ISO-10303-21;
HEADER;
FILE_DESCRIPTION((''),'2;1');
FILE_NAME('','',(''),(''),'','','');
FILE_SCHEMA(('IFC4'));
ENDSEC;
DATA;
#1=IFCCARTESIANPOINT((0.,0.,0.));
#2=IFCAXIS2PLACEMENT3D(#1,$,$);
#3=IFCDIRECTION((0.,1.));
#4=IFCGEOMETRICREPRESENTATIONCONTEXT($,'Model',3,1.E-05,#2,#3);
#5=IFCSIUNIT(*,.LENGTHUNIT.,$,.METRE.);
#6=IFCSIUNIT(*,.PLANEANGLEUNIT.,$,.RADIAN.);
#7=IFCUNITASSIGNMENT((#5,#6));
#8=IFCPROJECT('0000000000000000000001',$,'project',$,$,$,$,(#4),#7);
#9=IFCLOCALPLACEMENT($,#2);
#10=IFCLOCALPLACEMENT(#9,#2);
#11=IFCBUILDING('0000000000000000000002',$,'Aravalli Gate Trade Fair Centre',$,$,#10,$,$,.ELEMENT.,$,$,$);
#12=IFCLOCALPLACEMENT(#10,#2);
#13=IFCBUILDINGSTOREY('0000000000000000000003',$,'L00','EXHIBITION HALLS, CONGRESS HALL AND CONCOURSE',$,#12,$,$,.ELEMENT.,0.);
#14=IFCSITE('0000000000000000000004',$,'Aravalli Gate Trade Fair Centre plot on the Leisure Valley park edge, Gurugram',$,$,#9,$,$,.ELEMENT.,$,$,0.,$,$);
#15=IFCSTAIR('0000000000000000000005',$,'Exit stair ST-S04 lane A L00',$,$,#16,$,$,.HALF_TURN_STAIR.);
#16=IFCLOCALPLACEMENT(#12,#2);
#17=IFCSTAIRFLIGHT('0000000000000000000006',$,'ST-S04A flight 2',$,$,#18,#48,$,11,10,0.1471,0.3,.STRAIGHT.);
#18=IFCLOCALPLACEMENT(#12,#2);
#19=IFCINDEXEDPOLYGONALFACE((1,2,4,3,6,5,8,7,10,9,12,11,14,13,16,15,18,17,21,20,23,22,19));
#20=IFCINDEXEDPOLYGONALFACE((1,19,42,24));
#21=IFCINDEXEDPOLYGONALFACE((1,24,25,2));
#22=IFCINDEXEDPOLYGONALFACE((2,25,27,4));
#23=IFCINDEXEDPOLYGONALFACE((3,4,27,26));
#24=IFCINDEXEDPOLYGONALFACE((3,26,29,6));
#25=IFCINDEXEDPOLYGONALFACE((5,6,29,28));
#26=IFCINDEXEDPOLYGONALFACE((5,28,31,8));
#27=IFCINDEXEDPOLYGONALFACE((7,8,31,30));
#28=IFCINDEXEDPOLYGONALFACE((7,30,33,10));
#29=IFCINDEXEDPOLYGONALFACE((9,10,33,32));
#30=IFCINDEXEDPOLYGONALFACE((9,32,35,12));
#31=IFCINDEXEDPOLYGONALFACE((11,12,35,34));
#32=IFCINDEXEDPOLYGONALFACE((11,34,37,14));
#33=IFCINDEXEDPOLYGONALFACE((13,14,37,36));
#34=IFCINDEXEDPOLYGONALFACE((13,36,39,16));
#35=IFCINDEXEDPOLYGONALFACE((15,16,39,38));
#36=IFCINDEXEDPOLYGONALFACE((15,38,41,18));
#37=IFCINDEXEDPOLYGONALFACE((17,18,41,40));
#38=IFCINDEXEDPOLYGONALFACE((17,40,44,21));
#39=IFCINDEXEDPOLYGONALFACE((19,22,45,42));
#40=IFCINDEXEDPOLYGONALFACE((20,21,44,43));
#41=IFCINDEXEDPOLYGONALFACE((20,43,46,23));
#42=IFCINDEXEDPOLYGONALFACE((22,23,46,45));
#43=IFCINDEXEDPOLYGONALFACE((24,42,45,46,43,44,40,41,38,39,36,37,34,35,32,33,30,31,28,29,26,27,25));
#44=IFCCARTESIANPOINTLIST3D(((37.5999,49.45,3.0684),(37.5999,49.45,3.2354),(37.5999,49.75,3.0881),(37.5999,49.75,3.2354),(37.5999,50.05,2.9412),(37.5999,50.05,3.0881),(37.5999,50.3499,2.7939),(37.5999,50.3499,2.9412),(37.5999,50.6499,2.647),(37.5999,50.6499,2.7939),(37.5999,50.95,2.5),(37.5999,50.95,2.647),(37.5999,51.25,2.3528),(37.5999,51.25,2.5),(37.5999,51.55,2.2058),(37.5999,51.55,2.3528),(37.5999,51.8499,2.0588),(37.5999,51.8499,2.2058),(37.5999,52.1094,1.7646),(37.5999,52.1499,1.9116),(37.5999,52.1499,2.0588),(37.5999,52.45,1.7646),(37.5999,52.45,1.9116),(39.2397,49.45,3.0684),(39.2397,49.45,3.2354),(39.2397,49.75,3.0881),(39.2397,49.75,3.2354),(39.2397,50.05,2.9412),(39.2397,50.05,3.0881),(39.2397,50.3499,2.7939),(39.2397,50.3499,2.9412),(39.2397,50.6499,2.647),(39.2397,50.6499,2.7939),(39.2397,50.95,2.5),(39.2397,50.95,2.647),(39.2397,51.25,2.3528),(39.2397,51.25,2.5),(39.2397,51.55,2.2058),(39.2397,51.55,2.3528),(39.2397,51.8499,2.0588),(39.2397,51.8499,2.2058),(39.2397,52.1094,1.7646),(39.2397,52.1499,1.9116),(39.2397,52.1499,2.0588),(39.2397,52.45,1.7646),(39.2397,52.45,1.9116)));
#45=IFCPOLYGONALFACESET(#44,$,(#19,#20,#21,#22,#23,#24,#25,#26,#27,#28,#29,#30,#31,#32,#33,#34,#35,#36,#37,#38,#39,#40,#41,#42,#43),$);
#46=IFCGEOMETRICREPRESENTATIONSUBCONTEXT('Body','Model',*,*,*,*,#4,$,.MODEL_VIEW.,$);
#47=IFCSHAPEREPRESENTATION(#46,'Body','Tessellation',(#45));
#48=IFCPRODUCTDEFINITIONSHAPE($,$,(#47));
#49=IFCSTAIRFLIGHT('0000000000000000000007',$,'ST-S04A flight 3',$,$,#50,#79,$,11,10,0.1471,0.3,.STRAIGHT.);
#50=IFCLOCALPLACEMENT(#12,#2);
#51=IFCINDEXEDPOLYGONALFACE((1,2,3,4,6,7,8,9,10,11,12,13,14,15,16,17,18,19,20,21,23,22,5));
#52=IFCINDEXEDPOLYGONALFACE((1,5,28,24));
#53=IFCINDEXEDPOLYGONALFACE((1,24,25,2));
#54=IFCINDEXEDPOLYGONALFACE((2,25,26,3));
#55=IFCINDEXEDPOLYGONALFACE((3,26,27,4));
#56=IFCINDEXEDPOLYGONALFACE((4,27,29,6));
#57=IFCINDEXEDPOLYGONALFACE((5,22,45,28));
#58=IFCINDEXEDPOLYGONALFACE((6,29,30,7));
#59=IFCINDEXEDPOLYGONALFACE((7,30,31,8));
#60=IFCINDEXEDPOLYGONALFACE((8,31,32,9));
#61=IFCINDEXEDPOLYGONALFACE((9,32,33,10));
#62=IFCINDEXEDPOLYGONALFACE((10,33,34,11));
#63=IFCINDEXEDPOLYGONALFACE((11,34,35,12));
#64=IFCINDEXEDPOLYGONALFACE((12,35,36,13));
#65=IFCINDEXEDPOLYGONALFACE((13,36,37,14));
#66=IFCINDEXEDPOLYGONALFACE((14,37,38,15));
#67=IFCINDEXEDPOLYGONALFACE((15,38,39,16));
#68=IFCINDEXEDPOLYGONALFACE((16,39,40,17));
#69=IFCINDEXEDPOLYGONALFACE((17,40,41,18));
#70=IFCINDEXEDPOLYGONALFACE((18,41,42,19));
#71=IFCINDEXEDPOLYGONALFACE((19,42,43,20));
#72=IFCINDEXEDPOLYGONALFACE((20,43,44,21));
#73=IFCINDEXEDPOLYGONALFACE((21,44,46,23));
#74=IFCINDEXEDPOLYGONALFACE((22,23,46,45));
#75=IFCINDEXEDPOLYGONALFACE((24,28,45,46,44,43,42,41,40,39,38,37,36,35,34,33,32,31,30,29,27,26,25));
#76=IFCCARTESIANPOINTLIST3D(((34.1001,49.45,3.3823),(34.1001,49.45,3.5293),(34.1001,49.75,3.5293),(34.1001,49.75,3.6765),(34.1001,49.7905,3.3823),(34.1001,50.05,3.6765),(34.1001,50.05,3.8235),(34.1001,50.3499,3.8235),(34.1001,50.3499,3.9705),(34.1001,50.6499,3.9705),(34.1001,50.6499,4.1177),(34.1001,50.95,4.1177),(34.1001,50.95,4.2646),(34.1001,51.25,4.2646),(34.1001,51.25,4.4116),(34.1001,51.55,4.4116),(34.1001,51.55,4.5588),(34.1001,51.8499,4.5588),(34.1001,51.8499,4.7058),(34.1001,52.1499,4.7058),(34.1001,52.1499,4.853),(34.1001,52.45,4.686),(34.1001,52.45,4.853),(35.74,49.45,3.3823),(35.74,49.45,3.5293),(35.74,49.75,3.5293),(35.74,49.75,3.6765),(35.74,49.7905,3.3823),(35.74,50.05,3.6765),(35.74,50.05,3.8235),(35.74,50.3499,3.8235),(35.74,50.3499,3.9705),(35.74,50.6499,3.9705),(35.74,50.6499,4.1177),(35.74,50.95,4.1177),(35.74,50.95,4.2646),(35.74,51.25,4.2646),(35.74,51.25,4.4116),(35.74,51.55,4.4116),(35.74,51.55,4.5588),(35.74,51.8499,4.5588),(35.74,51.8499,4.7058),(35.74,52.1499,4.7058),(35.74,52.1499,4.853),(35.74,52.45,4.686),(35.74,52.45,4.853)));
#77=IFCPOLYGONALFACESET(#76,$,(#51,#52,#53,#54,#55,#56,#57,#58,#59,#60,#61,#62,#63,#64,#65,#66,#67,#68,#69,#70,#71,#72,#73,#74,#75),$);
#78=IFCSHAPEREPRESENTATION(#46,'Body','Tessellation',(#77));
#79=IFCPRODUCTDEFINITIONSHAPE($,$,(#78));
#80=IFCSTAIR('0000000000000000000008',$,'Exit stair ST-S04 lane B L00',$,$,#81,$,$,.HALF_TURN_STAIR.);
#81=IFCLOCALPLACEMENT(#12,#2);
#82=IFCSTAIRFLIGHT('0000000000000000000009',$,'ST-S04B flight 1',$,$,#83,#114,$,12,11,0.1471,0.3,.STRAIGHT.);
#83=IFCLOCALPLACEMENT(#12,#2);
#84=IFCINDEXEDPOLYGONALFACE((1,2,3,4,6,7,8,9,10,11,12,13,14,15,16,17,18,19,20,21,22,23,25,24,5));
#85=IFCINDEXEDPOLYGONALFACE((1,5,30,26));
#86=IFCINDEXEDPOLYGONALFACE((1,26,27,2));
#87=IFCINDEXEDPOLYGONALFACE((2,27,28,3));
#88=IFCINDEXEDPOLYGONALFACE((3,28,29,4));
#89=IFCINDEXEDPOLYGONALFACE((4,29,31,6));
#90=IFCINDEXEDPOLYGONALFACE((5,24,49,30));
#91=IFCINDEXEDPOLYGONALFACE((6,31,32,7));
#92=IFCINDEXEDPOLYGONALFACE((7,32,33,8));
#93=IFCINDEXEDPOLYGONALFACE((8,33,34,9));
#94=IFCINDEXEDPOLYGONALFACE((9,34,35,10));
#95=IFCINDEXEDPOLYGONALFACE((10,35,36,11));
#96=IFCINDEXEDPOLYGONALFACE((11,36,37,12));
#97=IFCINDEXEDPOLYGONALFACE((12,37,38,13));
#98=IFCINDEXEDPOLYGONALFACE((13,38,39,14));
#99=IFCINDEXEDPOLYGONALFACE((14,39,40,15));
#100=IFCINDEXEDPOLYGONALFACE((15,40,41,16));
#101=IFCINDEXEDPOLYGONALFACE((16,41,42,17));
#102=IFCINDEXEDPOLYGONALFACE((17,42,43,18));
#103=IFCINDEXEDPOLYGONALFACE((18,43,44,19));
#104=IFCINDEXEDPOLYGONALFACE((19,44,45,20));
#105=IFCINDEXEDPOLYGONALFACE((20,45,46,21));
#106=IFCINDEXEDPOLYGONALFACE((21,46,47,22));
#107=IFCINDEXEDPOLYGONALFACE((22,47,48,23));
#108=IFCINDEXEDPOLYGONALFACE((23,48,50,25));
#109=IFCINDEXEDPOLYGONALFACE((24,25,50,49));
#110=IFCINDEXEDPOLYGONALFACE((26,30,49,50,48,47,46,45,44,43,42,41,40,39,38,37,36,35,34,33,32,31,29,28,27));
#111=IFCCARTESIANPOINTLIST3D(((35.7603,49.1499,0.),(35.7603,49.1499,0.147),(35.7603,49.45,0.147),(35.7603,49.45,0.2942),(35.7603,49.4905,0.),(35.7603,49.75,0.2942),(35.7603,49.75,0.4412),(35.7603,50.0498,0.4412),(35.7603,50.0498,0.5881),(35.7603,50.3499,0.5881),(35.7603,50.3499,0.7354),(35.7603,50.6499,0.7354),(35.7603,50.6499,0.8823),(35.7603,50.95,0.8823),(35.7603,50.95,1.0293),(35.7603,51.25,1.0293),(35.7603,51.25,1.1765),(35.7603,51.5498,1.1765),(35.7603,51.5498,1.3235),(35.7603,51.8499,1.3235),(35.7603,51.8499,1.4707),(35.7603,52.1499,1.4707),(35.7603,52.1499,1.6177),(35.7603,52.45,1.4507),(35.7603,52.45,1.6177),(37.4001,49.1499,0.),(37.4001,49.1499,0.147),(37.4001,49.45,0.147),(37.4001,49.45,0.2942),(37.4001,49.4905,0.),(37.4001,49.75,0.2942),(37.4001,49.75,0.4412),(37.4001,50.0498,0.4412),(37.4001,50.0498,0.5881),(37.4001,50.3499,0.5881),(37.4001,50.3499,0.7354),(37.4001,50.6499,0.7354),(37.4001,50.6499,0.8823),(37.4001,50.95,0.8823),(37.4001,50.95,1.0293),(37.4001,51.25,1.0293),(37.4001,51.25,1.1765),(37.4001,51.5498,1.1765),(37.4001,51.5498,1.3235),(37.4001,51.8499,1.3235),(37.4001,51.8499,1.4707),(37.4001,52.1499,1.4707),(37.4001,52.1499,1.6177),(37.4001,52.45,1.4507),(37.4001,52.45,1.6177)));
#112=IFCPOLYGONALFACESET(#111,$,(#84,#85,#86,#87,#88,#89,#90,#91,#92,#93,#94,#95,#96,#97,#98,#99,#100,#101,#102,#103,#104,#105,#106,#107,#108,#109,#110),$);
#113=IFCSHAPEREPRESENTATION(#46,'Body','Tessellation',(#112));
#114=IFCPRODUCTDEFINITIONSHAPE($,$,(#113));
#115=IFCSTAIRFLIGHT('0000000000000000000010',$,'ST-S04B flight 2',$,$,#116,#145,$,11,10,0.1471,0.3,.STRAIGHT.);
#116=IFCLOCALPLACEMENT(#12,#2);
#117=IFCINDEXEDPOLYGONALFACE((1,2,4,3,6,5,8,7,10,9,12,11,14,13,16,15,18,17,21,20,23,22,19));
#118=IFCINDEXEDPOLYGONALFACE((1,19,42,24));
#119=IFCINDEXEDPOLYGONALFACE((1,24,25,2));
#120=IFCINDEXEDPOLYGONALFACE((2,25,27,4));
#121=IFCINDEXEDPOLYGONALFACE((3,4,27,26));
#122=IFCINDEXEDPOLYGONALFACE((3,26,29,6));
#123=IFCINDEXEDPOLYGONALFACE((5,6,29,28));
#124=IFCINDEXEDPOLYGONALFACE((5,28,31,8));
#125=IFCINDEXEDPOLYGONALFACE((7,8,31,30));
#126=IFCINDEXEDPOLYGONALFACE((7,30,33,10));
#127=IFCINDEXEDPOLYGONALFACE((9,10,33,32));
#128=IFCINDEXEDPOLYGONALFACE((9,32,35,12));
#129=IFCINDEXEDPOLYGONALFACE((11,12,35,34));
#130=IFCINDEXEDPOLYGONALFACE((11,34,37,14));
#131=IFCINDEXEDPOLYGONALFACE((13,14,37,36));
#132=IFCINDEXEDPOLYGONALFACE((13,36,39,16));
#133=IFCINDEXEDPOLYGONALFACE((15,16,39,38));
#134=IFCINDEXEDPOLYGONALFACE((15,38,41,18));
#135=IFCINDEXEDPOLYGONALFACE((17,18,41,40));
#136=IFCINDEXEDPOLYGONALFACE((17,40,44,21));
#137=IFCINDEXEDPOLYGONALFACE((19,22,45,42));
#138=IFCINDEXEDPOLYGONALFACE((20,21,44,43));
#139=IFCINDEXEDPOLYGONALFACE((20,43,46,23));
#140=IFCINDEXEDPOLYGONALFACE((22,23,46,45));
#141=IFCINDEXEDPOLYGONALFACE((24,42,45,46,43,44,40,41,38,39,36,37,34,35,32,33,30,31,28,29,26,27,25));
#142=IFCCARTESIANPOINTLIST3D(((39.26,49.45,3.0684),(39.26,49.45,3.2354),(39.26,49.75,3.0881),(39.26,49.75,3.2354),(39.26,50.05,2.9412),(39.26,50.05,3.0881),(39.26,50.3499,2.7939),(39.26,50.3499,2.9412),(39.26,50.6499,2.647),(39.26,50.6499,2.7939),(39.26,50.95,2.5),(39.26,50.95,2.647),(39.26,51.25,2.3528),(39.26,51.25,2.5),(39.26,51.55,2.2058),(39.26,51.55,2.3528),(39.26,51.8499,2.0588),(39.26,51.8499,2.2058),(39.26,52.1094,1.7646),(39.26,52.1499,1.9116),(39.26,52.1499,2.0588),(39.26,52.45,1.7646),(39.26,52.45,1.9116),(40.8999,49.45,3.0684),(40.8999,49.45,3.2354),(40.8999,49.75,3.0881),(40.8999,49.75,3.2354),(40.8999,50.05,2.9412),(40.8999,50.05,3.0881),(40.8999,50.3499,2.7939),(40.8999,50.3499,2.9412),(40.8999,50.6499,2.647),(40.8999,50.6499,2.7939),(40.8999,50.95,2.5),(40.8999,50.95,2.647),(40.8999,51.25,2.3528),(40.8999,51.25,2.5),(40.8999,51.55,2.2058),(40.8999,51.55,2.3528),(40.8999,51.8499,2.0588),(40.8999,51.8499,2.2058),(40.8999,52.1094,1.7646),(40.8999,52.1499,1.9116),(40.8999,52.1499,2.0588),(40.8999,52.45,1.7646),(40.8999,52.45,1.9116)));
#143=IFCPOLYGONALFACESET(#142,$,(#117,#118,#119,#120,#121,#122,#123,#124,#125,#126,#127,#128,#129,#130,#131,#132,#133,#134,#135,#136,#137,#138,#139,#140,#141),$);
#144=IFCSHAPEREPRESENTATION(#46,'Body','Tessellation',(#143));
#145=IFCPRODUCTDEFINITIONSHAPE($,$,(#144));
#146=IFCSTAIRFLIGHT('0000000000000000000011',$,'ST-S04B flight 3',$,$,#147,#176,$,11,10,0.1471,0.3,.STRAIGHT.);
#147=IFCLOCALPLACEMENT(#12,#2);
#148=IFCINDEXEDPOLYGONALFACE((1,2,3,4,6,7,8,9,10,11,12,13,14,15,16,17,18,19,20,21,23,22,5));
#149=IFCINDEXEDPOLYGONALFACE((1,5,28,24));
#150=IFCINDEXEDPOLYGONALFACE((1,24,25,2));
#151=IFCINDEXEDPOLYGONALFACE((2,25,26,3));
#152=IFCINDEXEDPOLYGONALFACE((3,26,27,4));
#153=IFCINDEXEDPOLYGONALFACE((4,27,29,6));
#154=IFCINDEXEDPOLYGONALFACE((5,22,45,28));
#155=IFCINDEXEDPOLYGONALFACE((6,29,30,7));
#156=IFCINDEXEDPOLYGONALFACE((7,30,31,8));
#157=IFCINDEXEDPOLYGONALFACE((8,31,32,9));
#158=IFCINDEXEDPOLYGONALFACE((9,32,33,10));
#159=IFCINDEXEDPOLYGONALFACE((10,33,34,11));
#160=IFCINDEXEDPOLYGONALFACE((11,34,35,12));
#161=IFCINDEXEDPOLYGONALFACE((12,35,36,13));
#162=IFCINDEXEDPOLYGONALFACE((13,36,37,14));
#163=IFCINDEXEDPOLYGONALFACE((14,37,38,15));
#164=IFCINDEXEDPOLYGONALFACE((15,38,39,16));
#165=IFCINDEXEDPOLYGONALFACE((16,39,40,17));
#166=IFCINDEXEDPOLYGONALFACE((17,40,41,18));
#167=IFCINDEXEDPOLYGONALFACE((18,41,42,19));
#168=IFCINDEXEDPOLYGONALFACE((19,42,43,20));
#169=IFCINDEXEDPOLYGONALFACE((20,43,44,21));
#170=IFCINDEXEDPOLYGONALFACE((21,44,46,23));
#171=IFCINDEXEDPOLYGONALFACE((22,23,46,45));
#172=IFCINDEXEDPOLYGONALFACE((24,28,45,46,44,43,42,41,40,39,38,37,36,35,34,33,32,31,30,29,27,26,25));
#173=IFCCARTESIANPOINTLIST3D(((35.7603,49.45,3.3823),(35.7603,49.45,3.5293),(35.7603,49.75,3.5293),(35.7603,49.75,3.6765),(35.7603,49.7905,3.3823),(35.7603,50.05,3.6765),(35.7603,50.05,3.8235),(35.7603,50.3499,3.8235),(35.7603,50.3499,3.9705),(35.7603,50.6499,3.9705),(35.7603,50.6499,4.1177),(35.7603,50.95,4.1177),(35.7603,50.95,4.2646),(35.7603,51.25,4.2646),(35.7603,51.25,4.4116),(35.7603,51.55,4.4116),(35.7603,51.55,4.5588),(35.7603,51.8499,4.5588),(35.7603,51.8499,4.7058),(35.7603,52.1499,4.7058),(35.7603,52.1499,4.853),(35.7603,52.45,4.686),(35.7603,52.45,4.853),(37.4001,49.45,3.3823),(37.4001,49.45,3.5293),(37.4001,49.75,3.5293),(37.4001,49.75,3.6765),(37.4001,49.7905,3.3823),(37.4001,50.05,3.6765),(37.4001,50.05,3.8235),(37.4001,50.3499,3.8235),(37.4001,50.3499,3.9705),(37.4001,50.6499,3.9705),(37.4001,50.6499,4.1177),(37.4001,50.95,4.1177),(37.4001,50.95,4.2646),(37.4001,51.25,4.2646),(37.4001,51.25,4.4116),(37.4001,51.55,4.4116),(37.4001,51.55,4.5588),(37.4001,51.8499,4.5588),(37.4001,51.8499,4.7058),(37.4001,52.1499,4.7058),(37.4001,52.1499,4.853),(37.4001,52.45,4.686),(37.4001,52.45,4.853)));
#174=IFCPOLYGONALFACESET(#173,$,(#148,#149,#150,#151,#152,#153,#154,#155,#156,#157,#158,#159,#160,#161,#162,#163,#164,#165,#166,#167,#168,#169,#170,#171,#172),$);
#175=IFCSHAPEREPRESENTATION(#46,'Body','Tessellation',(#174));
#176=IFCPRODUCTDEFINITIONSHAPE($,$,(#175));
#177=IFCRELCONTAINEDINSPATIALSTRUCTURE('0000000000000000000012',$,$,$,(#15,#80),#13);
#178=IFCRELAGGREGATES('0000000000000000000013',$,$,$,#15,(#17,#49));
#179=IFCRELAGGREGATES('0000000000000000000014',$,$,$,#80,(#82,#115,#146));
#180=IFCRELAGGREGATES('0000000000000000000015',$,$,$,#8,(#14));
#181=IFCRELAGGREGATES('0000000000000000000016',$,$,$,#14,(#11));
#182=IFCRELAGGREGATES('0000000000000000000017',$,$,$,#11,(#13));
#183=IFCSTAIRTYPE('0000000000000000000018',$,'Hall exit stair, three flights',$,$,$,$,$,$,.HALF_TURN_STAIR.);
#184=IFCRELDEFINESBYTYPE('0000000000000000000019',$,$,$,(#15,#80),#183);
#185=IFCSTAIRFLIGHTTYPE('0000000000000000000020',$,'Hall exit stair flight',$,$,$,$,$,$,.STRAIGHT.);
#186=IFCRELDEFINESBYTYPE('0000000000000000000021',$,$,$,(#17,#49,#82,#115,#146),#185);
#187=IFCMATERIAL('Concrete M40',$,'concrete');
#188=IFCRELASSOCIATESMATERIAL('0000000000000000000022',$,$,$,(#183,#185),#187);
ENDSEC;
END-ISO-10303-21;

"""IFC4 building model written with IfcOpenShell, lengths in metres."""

from ifc_helpers import new_model, si_unit, direction, frame, origin, place, context, subcontext, project, spatial, polyline, outline, extrude, material, type_object, element, aggregate, save


model = new_model("IFC4")

# Units and contexts
model_context = context("Model", 3, precision=1e-05, world=origin(), true_north=direction((0.0, 1.0)))
body_context = subcontext(model_context, "Body", "Model", "MODEL_VIEW")
ifc_project = project(units=[si_unit("LENGTHUNIT", "METRE"), si_unit("PLANEANGLEUNIT", "RADIAN")], contexts=[model_context])

# Site, building, storey
site_placement = place(None, origin())
site = spatial("IfcSite", under=ifc_project, at=site_placement, Name="Aravalli Gate Trade Fair Centre plot on the Leisure Valley park edge, Gurugram", CompositionType="ELEMENT", RefElevation=0.0)
building_placement = place(site_placement, origin())
building = spatial("IfcBuilding", under=site, at=building_placement, Name="Aravalli Gate Trade Fair Centre", CompositionType="ELEMENT")
storey_placement = place(building_placement, origin())
storey = spatial("IfcBuildingStorey", under=building, at=storey_placement, Name="L00", Description="EXHIBITION HALLS, CONGRESS HALL AND CONCOURSE", CompositionType="ELEMENT", Elevation=0.0)

# Shared definitions
ifc_material_1 = material(Name="Concrete M40", Category="concrete")

# Shared definitions
stair_type_1 = type_object("IfcStairType", Name="Hall exit stair, three flights", PredefinedType="HALF_TURN_STAIR", material=ifc_material_1)
stair_flight_type_1 = type_object("IfcStairFlightType", Name="Hall exit stair flight", PredefinedType="STRAIGHT", material=ifc_material_1)

# Stairs, stair flights
stair_1_placement = place(storey_placement, origin())
stair_1 = element("IfcStair", 1, at=stair_1_placement, inside=storey, type_object=stair_type_1, Name="Exit stair ST-S04 lane A L00", PredefinedType="HALF_TURN_STAIR")
stair_flight_1_placement = place(storey_placement, frame((38.4199, 52.45, 1.7646), z_axis=(0.0, 0.0, 1.0), x_axis=(0.0, -1.0, 0.0)))
stair_flight_1 = element("IfcStairFlight", 2, at=stair_flight_1_placement, type_object=stair_flight_type_1, Name="ST-S04A flight 2", NumberOfRisers=11, NumberOfTreads=10, PredefinedType="STRAIGHT", RiserHeight=0.1471, TreadLength=0.3, context=body_context, shape_type="SweptSolid", body=[
    extrude(outline(polyline([(0.0, 0.0), (0.0, 0.147), (0.3, 0.147), (0.3, 0.2942), (0.6001, 0.2942), (0.6001, 0.4412), (0.8999, 0.4412), (0.8999, 0.5881), (1.2, 0.5881), (1.2, 0.7354), (1.5, 0.7354), (1.5, 0.8823), (1.8, 0.8823), (1.8, 1.0293), (2.1001, 1.0293), (2.1001, 1.1765), (2.3999, 1.1765), (2.3999, 1.3235), (2.7, 1.3235), (2.7, 1.4707), (3.0, 1.4707), (3.0, 1.6177), (3.0, 1.3037), (0.3406, 0.0), (0.0, 0.0)])), frame((0.0, 0.8198, 0.0), z_axis=(0.0, -1.0, 0.0), x_axis=(1.0, 0.0, 0.0)), (0.0, 0.0, 1.0), 1.6399),
])
stair_flight_2_placement = place(storey_placement, frame((34.9199, 49.45, 3.3823), z_axis=(0.0, 0.0, 1.0), x_axis=(0.0, 1.0, 0.0)))
stair_flight_2 = element("IfcStairFlight", 3, at=stair_flight_2_placement, type_object=stair_flight_type_1, Name="ST-S04A flight 3", NumberOfRisers=11, NumberOfTreads=10, PredefinedType="STRAIGHT", RiserHeight=0.1471, TreadLength=0.3, context=body_context, shape_type="SweptSolid", body=[
    extrude(outline(polyline([(0.0, 0.0), (0.0, 0.147), (0.3, 0.147), (0.3, 0.2942), (0.6001, 0.2942), (0.6001, 0.4412), (0.8999, 0.4412), (0.8999, 0.5881), (1.2, 0.5881), (1.2, 0.7354), (1.5, 0.7354), (1.5, 0.8823), (1.8, 0.8823), (1.8, 1.0293), (2.1001, 1.0293), (2.1001, 1.1765), (2.3999, 1.1765), (2.3999, 1.3235), (2.7, 1.3235), (2.7, 1.4707), (3.0, 1.4707), (3.0, 1.6177), (3.0, 1.3037), (0.3406, 0.0), (0.0, 0.0)])), frame((0.0, 0.8198, 0.0), z_axis=(0.0, -1.0, 0.0), x_axis=(1.0, 0.0, 0.0)), (0.0, 0.0, 1.0), 1.6399),
])
aggregate(stair_1, [stair_flight_1, stair_flight_2])
stair_2_placement = place(storey_placement, origin())
stair_2 = element("IfcStair", 4, at=stair_2_placement, inside=storey, type_object=stair_type_1, Name="Exit stair ST-S04 lane B L00", PredefinedType="HALF_TURN_STAIR")
stair_flight_3_placement = place(storey_placement, frame((36.5801, 49.1499, 0.0), z_axis=(0.0, 0.0, 1.0), x_axis=(0.0, 1.0, 0.0)))
stair_flight_3 = element("IfcStairFlight", 5, at=stair_flight_3_placement, type_object=stair_flight_type_1, Name="ST-S04B flight 1", NumberOfRisers=12, NumberOfTreads=11, PredefinedType="STRAIGHT", RiserHeight=0.1471, TreadLength=0.3, context=body_context, shape_type="SweptSolid", body=[
    extrude(outline(polyline([(0.0, 0.0), (0.0, 0.147), (0.3, 0.147), (0.3, 0.2942), (0.6001, 0.2942), (0.6001, 0.4412), (0.8999, 0.4412), (0.8999, 0.5881), (1.2, 0.5881), (1.2, 0.7354), (1.5, 0.7354), (1.5, 0.8823), (1.8, 0.8823), (1.8, 1.0293), (2.1001, 1.0293), (2.1001, 1.1765), (2.3999, 1.1765), (2.3999, 1.3235), (2.7, 1.3235), (2.7, 1.4707), (3.0, 1.4707), (3.0, 1.6177), (3.3, 1.6177), (3.3, 1.7646), (3.3, 1.4507), (0.3406, 0.0), (0.0, 0.0)])), frame((0.0, 0.8198, 0.0), z_axis=(0.0, -1.0, 0.0), x_axis=(1.0, 0.0, 0.0)), (0.0, 0.0, 1.0), 1.6399),
])
stair_flight_4_placement = place(storey_placement, frame((40.0801, 52.45, 1.7646), z_axis=(0.0, 0.0, 1.0), x_axis=(0.0, -1.0, 0.0)))
stair_flight_4 = element("IfcStairFlight", 6, at=stair_flight_4_placement, type_object=stair_flight_type_1, Name="ST-S04B flight 2", NumberOfRisers=11, NumberOfTreads=10, PredefinedType="STRAIGHT", RiserHeight=0.1471, TreadLength=0.3, context=body_context, shape_type="SweptSolid", body=[
    extrude(outline(polyline([(0.0, 0.0), (0.0, 0.147), (0.3, 0.147), (0.3, 0.2942), (0.6001, 0.2942), (0.6001, 0.4412), (0.8999, 0.4412), (0.8999, 0.5881), (1.2, 0.5881), (1.2, 0.7354), (1.5, 0.7354), (1.5, 0.8823), (1.8, 0.8823), (1.8, 1.0293), (2.1001, 1.0293), (2.1001, 1.1765), (2.3999, 1.1765), (2.3999, 1.3235), (2.7, 1.3235), (2.7, 1.4707), (3.0, 1.4707), (3.0, 1.6177), (3.0, 1.3037), (0.3406, 0.0), (0.0, 0.0)])), frame((0.0, 0.8198, 0.0), z_axis=(0.0, -1.0, 0.0), x_axis=(1.0, 0.0, 0.0)), (0.0, 0.0, 1.0), 1.6399),
])
stair_flight_5_placement = place(storey_placement, frame((36.5801, 49.45, 3.3823), z_axis=(0.0, 0.0, 1.0), x_axis=(0.0, 1.0, 0.0)))
stair_flight_5 = element("IfcStairFlight", 7, at=stair_flight_5_placement, type_object=stair_flight_type_1, Name="ST-S04B flight 3", NumberOfRisers=11, NumberOfTreads=10, PredefinedType="STRAIGHT", RiserHeight=0.1471, TreadLength=0.3, context=body_context, shape_type="SweptSolid", body=[
    extrude(outline(polyline([(0.0, 0.0), (0.0, 0.147), (0.3, 0.147), (0.3, 0.2942), (0.6001, 0.2942), (0.6001, 0.4412), (0.8999, 0.4412), (0.8999, 0.5881), (1.2, 0.5881), (1.2, 0.7354), (1.5, 0.7354), (1.5, 0.8823), (1.8, 0.8823), (1.8, 1.0293), (2.1001, 1.0293), (2.1001, 1.1765), (2.3999, 1.1765), (2.3999, 1.3235), (2.7, 1.3235), (2.7, 1.4707), (3.0, 1.4707), (3.0, 1.6177), (3.0, 1.3037), (0.3406, 0.0), (0.0, 0.0)])), frame((0.0, 0.8198, 0.0), z_axis=(0.0, -1.0, 0.0), x_axis=(1.0, 0.0, 0.0)), (0.0, 0.0, 1.0), 1.6399),
])
aggregate(stair_2, [stair_flight_3, stair_flight_4, stair_flight_5])

save(model, "model.ifc")
